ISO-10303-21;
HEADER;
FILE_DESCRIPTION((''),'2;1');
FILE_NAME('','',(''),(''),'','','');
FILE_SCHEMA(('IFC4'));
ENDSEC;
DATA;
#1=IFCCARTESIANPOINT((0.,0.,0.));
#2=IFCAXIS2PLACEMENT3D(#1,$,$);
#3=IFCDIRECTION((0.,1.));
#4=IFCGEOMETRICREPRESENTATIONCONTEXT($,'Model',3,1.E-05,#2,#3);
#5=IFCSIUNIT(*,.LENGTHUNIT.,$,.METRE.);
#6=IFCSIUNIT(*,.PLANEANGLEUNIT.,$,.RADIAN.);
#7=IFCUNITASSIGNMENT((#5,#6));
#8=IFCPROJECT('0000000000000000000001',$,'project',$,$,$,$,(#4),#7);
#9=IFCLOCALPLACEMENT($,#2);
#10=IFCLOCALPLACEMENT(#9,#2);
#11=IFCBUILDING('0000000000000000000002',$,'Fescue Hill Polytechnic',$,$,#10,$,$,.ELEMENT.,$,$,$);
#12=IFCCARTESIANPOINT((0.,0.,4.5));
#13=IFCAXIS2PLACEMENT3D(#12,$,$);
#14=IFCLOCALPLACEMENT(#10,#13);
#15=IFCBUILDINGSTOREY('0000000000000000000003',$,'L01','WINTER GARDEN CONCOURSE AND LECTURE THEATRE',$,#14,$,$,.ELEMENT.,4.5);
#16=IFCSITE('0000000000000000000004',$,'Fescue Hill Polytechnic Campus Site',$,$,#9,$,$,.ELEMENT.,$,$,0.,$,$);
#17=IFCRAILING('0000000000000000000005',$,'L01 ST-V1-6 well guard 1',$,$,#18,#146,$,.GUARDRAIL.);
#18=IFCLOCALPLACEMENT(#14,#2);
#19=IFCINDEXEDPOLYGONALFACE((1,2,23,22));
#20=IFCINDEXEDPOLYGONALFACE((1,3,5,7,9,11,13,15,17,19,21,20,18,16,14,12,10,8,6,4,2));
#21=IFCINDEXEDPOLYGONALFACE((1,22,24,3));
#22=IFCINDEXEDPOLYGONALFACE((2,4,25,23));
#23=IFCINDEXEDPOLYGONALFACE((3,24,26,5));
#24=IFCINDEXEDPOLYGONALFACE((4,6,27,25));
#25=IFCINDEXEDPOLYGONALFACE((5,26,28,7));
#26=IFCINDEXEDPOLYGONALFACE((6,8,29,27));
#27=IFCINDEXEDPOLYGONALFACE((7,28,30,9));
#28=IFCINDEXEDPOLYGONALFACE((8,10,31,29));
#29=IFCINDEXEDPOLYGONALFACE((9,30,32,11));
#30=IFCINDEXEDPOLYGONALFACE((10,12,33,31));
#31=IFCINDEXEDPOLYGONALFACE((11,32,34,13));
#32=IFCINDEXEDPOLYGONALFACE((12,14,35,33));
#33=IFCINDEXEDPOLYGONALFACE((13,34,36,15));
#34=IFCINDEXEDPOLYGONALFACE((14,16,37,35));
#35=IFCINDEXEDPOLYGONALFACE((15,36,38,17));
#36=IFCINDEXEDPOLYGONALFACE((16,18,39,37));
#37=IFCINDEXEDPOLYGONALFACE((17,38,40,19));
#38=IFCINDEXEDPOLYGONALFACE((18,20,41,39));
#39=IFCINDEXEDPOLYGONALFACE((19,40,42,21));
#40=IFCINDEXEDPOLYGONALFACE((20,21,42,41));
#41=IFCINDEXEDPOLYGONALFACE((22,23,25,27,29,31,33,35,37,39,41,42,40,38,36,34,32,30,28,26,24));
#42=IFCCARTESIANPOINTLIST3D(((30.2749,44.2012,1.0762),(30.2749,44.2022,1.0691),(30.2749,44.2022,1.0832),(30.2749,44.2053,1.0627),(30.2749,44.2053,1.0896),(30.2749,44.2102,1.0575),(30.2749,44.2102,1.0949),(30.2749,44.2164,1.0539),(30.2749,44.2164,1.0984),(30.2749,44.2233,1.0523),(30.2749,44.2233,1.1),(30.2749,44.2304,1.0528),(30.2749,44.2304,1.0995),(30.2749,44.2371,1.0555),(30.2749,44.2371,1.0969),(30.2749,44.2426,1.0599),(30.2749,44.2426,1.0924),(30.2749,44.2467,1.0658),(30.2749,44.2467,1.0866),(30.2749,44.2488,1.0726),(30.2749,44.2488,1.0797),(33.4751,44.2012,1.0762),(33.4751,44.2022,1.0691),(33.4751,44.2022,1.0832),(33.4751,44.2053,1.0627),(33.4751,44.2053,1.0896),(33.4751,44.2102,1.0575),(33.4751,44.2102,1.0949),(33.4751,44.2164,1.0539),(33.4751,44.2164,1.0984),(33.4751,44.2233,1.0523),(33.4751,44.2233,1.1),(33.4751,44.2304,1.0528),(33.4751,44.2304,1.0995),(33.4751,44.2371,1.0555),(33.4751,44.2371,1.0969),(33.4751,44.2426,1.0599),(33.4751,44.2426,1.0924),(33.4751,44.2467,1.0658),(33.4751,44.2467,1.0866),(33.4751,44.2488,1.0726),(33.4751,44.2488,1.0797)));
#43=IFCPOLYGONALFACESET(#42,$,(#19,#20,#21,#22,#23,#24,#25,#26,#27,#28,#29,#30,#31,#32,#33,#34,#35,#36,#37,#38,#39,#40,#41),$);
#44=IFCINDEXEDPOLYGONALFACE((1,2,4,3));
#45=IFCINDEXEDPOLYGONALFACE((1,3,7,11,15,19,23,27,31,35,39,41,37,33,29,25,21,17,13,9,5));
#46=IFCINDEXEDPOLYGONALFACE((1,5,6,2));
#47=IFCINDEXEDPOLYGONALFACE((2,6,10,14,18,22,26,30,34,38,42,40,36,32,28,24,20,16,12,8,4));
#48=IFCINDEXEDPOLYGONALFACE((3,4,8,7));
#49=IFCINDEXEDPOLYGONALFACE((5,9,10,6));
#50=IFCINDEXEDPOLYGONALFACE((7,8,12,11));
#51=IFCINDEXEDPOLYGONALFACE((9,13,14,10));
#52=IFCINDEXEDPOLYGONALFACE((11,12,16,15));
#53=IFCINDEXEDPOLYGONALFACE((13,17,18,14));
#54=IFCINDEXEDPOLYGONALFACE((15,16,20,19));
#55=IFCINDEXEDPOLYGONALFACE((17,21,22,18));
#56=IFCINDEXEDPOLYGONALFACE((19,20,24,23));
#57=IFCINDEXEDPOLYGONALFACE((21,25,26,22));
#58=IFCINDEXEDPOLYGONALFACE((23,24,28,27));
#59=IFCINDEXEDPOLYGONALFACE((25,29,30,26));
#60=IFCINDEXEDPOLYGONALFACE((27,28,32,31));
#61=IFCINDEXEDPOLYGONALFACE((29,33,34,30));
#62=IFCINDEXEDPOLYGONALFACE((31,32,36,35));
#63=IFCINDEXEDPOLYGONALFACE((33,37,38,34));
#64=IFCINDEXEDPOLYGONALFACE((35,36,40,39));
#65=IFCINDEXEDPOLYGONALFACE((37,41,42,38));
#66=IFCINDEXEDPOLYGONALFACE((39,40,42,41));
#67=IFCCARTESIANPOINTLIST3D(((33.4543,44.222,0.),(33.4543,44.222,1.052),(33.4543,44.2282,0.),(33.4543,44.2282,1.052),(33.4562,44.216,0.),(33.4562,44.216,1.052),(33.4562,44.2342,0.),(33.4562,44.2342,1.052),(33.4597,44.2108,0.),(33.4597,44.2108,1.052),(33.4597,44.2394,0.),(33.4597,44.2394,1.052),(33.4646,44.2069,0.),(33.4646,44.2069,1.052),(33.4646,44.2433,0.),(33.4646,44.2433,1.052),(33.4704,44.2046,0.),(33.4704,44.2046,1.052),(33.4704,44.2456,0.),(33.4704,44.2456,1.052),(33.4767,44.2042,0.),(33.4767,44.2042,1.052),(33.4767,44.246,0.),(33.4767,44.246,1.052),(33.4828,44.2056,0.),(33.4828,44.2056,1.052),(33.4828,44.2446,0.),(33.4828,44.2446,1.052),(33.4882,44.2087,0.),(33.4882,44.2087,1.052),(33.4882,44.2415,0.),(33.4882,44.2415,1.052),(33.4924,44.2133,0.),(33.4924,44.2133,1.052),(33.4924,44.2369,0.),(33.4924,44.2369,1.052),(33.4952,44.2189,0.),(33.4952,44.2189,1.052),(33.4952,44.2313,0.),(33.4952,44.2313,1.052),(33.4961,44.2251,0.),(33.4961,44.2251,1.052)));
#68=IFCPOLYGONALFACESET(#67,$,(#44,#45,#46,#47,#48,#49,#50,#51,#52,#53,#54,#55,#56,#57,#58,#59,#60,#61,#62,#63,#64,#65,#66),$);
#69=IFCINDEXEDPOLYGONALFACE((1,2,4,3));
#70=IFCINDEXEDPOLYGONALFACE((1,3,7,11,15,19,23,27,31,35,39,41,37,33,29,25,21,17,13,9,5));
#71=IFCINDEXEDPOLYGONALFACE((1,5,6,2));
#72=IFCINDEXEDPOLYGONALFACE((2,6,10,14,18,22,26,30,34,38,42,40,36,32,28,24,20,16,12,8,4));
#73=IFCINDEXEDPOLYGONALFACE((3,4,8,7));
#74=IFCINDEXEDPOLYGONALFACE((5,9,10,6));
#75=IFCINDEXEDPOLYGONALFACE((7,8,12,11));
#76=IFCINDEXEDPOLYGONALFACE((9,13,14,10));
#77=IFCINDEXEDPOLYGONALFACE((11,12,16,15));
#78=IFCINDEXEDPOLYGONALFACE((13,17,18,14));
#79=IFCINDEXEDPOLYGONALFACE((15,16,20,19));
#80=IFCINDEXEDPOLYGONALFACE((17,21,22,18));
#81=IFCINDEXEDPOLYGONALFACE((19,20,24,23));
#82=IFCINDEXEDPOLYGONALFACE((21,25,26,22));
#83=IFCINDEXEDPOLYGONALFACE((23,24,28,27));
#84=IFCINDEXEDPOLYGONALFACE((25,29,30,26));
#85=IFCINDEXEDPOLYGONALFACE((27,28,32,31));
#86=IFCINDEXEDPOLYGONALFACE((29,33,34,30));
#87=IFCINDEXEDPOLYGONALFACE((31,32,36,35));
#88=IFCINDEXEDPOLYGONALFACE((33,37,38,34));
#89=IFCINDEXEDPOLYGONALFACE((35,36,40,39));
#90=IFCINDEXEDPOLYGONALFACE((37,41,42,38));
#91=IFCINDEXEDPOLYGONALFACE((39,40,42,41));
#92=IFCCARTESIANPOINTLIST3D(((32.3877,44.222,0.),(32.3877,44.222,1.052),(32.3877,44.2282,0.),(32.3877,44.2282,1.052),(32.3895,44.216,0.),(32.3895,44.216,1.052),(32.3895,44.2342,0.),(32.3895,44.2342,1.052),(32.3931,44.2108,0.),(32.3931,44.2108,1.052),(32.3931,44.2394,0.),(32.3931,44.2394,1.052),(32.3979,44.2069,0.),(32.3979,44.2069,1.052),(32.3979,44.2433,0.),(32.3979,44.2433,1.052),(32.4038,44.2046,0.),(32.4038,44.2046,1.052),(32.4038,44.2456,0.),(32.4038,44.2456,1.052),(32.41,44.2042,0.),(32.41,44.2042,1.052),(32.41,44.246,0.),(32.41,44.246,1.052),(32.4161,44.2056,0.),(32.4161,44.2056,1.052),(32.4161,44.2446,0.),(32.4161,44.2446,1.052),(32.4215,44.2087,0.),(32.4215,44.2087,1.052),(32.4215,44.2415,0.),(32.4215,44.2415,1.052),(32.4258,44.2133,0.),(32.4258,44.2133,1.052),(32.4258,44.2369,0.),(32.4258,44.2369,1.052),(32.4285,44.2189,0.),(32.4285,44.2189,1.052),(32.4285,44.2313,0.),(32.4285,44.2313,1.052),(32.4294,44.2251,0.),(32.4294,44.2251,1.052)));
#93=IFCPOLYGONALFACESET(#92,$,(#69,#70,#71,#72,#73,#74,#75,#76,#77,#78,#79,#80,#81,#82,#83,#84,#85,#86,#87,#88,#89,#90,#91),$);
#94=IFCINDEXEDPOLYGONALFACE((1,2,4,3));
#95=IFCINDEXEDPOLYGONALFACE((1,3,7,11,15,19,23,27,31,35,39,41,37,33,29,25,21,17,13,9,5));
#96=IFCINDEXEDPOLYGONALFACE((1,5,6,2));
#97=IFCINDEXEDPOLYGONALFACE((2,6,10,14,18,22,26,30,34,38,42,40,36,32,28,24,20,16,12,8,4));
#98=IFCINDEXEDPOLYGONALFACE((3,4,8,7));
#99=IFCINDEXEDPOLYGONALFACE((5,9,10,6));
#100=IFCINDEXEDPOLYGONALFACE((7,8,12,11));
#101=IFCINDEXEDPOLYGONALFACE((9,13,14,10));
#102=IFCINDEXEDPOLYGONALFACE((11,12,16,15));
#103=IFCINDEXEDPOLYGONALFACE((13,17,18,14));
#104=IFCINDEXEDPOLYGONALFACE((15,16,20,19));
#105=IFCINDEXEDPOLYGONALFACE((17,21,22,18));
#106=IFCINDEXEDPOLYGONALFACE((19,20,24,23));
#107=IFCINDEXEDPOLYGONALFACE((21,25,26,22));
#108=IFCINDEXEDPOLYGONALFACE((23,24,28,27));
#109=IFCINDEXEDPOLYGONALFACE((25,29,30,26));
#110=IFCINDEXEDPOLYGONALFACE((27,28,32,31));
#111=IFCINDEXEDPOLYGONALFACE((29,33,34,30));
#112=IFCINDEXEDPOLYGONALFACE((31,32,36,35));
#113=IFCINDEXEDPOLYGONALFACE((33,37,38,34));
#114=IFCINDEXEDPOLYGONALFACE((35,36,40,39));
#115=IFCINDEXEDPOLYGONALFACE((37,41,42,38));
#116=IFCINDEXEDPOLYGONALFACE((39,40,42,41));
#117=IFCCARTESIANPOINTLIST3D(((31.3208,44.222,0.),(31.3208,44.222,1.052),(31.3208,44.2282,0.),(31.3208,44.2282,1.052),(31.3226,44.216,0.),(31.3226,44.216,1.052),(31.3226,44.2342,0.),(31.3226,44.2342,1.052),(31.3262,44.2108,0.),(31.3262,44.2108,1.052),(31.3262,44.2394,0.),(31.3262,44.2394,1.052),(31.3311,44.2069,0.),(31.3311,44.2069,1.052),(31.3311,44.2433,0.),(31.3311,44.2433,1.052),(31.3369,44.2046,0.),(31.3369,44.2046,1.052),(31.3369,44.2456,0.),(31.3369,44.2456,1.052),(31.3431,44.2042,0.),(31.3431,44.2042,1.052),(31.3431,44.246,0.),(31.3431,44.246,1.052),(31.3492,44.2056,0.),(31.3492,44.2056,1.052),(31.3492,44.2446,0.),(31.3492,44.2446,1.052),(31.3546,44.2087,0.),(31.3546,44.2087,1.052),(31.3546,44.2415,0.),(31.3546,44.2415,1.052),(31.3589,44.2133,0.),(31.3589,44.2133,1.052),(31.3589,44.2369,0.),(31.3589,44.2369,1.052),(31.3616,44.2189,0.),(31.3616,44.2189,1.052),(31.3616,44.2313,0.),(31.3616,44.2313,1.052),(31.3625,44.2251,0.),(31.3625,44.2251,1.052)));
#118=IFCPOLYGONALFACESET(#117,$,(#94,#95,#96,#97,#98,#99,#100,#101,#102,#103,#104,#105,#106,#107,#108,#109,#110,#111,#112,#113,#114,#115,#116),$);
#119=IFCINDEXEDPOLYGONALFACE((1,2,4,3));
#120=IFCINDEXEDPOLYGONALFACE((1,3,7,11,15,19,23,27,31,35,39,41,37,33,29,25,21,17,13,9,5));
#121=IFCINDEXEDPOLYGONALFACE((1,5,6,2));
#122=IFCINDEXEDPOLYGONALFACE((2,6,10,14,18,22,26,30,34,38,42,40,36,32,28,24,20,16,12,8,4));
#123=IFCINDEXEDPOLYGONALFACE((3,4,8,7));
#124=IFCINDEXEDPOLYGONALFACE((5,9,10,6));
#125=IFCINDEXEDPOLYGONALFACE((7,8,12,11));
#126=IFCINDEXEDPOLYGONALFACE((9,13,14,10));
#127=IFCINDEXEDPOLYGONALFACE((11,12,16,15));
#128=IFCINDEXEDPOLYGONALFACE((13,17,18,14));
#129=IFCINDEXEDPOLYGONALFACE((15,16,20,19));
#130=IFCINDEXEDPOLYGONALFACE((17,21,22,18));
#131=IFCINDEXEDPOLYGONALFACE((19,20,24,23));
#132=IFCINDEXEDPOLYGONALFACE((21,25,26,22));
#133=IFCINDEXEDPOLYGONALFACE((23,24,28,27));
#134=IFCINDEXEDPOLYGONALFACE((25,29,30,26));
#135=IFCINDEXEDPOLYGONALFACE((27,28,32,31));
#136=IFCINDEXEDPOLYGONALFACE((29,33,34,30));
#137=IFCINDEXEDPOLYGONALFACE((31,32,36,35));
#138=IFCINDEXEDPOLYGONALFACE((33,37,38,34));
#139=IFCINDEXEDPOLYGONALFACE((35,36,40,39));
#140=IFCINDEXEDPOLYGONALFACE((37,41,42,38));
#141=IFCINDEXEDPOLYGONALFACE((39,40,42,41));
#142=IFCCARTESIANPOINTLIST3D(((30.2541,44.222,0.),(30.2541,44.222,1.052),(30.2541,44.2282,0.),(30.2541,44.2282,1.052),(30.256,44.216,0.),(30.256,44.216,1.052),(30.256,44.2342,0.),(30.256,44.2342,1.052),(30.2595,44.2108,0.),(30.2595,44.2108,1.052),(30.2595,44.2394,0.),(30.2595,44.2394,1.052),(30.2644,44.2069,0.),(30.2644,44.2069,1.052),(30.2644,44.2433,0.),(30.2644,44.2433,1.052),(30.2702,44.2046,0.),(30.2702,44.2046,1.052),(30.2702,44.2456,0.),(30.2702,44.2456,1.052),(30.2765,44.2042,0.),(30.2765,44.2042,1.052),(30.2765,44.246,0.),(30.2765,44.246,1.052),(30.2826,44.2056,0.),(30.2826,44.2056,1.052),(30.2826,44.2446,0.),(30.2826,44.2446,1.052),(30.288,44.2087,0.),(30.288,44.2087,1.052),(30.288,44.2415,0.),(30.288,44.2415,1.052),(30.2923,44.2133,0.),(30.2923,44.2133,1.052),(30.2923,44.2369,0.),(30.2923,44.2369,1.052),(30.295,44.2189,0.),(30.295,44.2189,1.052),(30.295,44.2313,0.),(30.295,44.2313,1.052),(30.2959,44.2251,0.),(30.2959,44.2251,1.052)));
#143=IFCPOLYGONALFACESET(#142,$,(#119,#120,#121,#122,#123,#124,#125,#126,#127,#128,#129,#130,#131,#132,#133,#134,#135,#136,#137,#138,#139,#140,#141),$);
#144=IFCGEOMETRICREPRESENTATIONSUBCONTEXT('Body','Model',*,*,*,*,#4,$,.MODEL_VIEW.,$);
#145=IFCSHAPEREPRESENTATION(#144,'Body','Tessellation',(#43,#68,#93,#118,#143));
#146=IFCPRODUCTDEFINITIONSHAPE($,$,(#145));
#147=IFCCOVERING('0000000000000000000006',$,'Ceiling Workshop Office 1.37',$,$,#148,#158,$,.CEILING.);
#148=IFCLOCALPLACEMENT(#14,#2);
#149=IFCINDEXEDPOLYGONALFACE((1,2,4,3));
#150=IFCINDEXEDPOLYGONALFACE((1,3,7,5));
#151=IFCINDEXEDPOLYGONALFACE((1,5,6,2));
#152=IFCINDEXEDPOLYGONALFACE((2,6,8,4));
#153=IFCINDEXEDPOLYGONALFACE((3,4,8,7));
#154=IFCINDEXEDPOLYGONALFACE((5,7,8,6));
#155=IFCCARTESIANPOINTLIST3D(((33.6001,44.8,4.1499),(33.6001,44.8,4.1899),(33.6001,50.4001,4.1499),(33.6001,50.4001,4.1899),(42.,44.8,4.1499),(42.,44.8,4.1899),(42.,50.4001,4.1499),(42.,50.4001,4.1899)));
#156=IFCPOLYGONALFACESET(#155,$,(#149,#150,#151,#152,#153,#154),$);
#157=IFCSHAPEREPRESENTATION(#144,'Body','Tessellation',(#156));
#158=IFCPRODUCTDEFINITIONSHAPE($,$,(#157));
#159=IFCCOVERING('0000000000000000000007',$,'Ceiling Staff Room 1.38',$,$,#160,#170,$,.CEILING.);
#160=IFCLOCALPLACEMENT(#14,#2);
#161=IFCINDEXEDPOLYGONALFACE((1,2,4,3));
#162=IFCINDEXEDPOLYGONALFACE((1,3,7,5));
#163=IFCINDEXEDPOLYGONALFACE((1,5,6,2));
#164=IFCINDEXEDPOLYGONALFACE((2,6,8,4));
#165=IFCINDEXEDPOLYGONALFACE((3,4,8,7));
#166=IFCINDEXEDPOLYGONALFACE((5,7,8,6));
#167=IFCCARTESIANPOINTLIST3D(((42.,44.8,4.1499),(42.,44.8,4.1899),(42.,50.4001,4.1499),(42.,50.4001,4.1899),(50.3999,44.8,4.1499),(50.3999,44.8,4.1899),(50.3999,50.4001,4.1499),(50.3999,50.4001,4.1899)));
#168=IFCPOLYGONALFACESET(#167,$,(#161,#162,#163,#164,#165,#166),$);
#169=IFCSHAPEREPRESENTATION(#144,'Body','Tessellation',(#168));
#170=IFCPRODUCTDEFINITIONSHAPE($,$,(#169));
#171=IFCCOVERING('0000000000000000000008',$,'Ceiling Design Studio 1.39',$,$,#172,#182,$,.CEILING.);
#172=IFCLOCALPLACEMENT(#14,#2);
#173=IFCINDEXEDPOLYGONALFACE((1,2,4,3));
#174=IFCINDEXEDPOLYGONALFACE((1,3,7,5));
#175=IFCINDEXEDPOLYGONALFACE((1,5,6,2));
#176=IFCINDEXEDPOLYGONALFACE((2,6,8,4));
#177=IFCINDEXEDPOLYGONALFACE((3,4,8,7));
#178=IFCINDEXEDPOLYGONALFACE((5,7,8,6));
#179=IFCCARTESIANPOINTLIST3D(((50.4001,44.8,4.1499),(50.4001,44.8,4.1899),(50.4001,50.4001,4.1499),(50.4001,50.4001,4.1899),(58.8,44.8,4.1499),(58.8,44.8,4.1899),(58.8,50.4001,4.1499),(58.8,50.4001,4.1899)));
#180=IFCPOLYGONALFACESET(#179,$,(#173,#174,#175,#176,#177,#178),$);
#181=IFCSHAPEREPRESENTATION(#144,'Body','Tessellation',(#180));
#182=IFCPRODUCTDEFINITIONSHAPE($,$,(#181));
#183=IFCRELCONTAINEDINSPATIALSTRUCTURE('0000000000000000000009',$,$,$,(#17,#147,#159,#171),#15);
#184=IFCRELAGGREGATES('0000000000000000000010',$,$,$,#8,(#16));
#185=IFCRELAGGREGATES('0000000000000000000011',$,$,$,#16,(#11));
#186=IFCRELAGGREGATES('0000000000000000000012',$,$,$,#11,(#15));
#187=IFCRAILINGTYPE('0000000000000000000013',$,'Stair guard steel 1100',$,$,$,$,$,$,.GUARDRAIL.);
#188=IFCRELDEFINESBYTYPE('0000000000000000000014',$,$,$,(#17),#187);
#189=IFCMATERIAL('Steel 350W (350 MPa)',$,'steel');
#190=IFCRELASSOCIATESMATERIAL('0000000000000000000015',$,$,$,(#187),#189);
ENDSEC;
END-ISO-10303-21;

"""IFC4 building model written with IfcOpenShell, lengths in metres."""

from ifc_helpers import new_model, si_unit, direction, frame, origin, origin_2d, place, context, subcontext, project, spatial, rectangle, circle, extrude, material, type_object, element, save


model = new_model("IFC4")

# Units and contexts
model_context = context("Model", 3, precision=1e-05, world=origin(), true_north=direction((0.0, 1.0)))
body_context = subcontext(model_context, "Body", "Model", "MODEL_VIEW")
ifc_project = project(units=[si_unit("LENGTHUNIT", "METRE"), si_unit("PLANEANGLEUNIT", "RADIAN")], contexts=[model_context])

# Site, building, storey
site_placement = place(None, origin())
site = spatial("IfcSite", under=ifc_project, at=site_placement, Name="Fescue Hill Polytechnic Campus Site", CompositionType="ELEMENT", RefElevation=0.0)
building_placement = place(site_placement, origin())
building = spatial("IfcBuilding", under=site, at=building_placement, Name="Fescue Hill Polytechnic", CompositionType="ELEMENT")
storey_placement = place(building_placement, frame((0.0, 0.0, 4.5)))
storey = spatial("IfcBuildingStorey", under=building, at=storey_placement, Name="L01", Description="WINTER GARDEN CONCOURSE AND LECTURE THEATRE", CompositionType="ELEMENT", Elevation=4.5)

# Shared definitions
ifc_material_1 = material(Name="Steel 350W (350 MPa)", Category="steel")

# Railing
railing_type = type_object("IfcRailingType", Name="Stair guard steel 1100", PredefinedType="GUARDRAIL", material=ifc_material_1)
railing_placement = place(storey_placement, frame((33.4751, 44.2251, 0.0)))
element("IfcRailing", 1, at=railing_placement, inside=storey, type_object=railing_type, Name="L01 ST-V1-6 well guard 1", PredefinedType="GUARDRAIL", context=body_context, shape_type="SweptSolid", body=[
    extrude(circle(Radius=0.0239, at=origin_2d()), frame((0.0, 0.0, 1.0762), z_axis=(-1.0, 0.0, 0.0), x_axis=(0.0, -1.0, 0.0)), (0.0, 0.0, 1.0), 3.2002),
    extrude(circle(Radius=0.021, at=origin_2d()), origin(), (0.0, 0.0, 1.0), 1.052),
    extrude(circle(Radius=0.021, at=origin_2d()), frame((-1.0667, 0.0, 0.0)), (0.0, 0.0, 1.0), 1.052),
    extrude(circle(Radius=0.021, at=origin_2d()), frame((-2.1335, 0.0, 0.0)), (0.0, 0.0, 1.0), 1.052),
    extrude(circle(Radius=0.021, at=origin_2d()), frame((-3.2002, 0.0, 0.0)), (0.0, 0.0, 1.0), 1.052),
])

# Coverings
for number, where, z_axis, x_axis, name in (
    (2, (37.8, 47.6001, 4.1499), (0.0, 0.0, 1.0), (1.0, 0.0, 0.0), "Ceiling Workshop Office 1.37"),
    (3, (46.2, 47.6001, 4.1499), (0.0, 0.0, 1.0), (1.0, 0.0, 0.0), "Ceiling Staff Room 1.38"),
    (4, (54.6001, 47.6001, 4.1499), (0.0, 0.0, 1.0), (1.0, 0.0, 0.0), "Ceiling Design Studio 1.39"),
):
    element("IfcCovering", number, at=place(storey_placement, frame(where, z_axis=z_axis, x_axis=x_axis)), inside=storey, Name=name, PredefinedType="CEILING", context=body_context, shape_type="SweptSolid", body=[
        extrude(rectangle(XDim=8.3999, YDim=5.6001, at=origin_2d()), origin(), (0.0, 0.0, 1.0), 0.04),
    ])

save(model, "model.ifc")
